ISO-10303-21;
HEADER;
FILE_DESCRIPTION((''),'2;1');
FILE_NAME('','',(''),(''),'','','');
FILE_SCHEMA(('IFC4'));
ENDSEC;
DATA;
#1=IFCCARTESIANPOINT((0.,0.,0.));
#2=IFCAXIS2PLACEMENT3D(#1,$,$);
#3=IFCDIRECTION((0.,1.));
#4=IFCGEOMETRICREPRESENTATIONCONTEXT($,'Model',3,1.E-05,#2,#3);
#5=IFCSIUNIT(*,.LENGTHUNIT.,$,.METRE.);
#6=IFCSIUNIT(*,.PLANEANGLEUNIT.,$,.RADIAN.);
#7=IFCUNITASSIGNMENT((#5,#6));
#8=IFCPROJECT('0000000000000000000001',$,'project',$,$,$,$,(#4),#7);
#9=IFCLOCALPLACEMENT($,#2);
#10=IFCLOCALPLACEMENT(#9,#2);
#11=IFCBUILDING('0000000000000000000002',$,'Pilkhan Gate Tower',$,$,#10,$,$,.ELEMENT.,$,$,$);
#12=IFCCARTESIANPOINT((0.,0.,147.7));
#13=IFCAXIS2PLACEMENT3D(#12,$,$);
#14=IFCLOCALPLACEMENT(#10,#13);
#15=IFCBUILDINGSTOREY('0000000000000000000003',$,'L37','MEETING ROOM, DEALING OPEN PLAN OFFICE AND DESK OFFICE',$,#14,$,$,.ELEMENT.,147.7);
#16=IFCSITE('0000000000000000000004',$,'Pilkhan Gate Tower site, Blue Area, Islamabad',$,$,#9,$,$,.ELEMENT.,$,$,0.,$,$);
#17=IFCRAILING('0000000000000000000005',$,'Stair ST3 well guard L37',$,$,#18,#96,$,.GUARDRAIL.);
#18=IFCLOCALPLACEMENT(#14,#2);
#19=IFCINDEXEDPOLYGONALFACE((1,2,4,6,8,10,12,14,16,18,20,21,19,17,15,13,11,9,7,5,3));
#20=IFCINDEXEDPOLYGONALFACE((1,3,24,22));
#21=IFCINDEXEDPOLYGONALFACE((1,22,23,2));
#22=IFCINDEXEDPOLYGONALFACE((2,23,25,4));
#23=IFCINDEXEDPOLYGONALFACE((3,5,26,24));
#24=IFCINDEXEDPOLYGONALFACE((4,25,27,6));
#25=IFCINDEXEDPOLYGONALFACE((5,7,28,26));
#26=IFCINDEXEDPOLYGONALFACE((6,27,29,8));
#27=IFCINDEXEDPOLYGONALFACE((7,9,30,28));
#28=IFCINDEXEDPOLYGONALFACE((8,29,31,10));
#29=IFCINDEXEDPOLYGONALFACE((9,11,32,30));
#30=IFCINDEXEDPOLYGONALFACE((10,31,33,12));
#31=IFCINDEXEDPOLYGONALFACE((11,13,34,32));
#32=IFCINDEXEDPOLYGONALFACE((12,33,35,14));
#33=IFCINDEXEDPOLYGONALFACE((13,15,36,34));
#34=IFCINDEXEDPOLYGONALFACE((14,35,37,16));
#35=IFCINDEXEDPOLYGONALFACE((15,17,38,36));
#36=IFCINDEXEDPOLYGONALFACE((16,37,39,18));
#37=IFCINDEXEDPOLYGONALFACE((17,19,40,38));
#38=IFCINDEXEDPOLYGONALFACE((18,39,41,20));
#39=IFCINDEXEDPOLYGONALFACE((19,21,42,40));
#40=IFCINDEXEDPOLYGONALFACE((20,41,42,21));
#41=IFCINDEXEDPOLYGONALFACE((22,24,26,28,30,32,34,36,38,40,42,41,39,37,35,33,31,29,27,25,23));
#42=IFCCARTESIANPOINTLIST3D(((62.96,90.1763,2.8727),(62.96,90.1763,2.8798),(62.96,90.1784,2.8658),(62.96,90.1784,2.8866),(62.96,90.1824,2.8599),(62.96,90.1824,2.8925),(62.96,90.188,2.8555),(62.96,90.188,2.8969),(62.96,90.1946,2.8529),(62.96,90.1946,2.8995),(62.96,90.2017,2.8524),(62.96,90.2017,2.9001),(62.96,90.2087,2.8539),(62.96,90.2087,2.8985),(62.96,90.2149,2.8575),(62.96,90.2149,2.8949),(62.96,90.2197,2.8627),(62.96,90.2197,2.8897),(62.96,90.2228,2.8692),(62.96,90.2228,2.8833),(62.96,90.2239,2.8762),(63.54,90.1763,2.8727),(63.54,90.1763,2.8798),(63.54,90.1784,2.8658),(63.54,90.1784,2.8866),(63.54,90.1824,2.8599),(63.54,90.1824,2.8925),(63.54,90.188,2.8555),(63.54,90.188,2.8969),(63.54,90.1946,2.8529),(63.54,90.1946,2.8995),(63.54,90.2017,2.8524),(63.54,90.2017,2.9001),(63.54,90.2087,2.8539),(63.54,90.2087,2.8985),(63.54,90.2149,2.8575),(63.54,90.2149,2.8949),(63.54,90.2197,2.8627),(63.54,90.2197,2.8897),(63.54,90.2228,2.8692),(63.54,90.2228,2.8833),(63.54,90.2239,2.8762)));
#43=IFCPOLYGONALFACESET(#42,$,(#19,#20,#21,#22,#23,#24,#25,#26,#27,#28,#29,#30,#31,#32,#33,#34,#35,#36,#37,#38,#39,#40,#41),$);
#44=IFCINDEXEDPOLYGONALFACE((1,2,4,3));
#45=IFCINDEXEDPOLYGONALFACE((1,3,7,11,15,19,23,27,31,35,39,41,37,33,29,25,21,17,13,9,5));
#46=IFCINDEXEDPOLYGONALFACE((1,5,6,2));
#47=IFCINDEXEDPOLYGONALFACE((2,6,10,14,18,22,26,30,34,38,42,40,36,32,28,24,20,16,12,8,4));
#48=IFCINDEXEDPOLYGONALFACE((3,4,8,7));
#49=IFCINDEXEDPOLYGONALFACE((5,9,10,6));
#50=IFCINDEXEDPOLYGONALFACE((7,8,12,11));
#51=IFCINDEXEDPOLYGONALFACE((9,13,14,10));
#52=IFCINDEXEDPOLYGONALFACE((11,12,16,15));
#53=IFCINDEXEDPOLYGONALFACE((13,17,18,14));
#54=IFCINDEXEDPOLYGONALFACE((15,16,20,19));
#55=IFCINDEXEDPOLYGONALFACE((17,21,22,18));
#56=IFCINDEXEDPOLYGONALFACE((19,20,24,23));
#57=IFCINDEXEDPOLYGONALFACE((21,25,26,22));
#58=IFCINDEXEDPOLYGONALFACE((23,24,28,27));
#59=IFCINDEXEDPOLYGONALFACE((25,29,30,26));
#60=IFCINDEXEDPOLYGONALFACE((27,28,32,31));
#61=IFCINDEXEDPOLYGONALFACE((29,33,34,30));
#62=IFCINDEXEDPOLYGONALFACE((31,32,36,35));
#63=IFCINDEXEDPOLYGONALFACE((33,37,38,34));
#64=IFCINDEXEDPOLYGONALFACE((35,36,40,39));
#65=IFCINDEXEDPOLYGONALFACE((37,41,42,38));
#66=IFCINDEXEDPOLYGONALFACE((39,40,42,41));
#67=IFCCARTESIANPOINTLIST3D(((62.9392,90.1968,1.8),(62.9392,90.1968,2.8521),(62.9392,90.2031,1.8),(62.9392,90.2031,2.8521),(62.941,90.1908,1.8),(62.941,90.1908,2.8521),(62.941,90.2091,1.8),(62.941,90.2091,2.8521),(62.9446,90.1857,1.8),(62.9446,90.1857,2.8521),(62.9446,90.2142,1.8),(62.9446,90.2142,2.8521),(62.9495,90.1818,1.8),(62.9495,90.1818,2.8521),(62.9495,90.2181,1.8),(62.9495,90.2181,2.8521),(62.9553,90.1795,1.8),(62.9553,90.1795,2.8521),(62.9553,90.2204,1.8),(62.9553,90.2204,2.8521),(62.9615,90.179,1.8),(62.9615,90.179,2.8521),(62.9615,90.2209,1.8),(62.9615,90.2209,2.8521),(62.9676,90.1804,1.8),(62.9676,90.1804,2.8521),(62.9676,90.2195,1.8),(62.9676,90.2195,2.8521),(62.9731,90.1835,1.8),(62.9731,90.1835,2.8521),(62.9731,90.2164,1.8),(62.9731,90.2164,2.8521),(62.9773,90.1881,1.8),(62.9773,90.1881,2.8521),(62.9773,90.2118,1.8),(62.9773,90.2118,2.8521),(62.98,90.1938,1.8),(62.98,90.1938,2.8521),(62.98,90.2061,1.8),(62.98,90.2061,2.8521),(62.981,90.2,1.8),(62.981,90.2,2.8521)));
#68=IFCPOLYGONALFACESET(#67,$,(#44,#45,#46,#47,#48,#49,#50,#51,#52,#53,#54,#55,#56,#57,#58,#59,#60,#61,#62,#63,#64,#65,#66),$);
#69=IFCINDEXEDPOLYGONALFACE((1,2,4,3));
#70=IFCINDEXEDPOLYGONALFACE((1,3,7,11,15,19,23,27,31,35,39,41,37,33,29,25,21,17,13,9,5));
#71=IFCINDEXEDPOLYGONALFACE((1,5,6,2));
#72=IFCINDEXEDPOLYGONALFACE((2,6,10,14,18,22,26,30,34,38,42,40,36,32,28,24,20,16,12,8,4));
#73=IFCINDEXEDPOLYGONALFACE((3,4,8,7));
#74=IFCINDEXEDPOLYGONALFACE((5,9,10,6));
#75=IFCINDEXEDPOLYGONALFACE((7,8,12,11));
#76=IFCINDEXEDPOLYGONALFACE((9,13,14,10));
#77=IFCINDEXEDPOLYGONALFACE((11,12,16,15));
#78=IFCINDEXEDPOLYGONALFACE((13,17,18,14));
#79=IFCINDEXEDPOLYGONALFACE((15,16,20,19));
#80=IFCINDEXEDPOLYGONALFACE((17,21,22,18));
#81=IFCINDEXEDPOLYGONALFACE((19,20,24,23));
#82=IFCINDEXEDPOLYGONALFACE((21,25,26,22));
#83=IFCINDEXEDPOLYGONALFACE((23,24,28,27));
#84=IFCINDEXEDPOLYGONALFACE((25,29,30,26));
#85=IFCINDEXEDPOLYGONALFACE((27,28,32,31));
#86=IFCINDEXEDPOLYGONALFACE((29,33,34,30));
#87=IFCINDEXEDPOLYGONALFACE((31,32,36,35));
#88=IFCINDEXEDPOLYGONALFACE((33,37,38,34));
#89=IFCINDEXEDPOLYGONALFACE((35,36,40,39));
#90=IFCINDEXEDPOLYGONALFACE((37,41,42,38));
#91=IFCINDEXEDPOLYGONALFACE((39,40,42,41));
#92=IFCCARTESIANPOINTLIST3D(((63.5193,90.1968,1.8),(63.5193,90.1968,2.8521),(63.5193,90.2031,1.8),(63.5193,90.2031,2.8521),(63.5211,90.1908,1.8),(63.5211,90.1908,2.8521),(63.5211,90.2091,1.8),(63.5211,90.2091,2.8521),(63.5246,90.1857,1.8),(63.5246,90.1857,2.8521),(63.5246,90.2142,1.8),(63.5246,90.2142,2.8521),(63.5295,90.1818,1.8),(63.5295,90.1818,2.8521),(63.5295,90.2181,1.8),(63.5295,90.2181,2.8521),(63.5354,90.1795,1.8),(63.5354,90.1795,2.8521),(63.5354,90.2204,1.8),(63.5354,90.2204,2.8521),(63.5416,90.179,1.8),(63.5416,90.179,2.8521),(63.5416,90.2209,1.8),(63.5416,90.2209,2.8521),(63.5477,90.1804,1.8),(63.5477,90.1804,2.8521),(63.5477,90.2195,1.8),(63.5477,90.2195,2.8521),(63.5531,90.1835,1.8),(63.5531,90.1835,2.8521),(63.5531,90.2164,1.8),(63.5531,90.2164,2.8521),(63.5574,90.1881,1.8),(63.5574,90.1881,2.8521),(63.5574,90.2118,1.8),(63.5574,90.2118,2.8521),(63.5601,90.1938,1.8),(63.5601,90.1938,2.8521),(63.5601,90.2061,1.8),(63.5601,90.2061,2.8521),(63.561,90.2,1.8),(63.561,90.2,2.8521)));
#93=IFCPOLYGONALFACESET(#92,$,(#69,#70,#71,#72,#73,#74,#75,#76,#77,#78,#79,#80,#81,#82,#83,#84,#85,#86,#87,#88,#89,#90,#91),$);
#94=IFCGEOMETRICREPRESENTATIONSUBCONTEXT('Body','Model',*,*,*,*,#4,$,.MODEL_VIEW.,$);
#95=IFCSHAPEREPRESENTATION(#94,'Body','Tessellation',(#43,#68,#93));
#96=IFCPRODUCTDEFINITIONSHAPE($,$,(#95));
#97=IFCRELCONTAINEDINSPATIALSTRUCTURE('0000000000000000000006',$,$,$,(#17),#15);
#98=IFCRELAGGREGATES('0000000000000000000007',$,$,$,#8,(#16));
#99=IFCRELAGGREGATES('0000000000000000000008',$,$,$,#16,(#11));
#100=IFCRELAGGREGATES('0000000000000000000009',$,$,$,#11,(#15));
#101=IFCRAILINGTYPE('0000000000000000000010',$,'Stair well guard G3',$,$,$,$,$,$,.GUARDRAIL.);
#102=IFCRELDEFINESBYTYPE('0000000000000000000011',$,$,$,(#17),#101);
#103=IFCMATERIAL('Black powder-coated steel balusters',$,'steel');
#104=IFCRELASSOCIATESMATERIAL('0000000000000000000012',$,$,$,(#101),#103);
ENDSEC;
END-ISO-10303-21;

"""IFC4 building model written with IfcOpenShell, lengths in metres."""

from ifc_helpers import new_model, si_unit, direction, frame, origin, origin_2d, place, context, subcontext, project, spatial, circle, extrude, material, type_object, element, save


model = new_model("IFC4")

# Units and contexts
model_context = context("Model", 3, precision=1e-05, world=origin(), true_north=direction((0.0, 1.0)))
body_context = subcontext(model_context, "Body", "Model", "MODEL_VIEW")
ifc_project = project(units=[si_unit("LENGTHUNIT", "METRE"), si_unit("PLANEANGLEUNIT", "RADIAN")], contexts=[model_context])

# Site, building, storey
site_placement = place(None, origin())
site = spatial("IfcSite", under=ifc_project, at=site_placement, Name="Pilkhan Gate Tower site, Blue Area, Islamabad", CompositionType="ELEMENT", RefElevation=0.0)
building_placement = place(site_placement, origin())
building = spatial("IfcBuilding", under=site, at=building_placement, Name="Pilkhan Gate Tower", CompositionType="ELEMENT")
storey_placement = place(building_placement, frame((0.0, 0.0, 147.7)))
storey = spatial("IfcBuildingStorey", under=building, at=storey_placement, Name="L37", Description="MEETING ROOM, DEALING OPEN PLAN OFFICE AND DESK OFFICE", CompositionType="ELEMENT", Elevation=147.7)

# Railing
ifc_material_1 = material(Name="Black powder-coated steel balusters", Category="steel")
railing_type_1 = type_object("IfcRailingType", Name="Stair well guard G3", PredefinedType="GUARDRAIL", material=ifc_material_1)
for number, where, name in (
    (1, (62.96, 90.2, 1.8), "Stair ST3 well guard L37"),
):
    element("IfcRailing", number, at=place(storey_placement, frame(where)), inside=storey, type_object=railing_type_1, Name=name, PredefinedType="GUARDRAIL", context=body_context, shape_type="SweptSolid", body=[
        extrude(circle(Radius=0.0239, at=origin_2d()), frame((0.0, 0.0, 1.0762), z_axis=(1.0, 0.0, 0.0), x_axis=(0.0, 1.0, 0.0)), (0.0, 0.0, 1.0), 0.5801),
        extrude(circle(Radius=0.021, at=origin_2d()), origin(), (0.0, 0.0, 1.0), 1.052),
        extrude(circle(Radius=0.021, at=origin_2d()), frame((0.5801, 0.0, 0.0)), (0.0, 0.0, 1.0), 1.052),
    ])

save(model, "model.ifc")
